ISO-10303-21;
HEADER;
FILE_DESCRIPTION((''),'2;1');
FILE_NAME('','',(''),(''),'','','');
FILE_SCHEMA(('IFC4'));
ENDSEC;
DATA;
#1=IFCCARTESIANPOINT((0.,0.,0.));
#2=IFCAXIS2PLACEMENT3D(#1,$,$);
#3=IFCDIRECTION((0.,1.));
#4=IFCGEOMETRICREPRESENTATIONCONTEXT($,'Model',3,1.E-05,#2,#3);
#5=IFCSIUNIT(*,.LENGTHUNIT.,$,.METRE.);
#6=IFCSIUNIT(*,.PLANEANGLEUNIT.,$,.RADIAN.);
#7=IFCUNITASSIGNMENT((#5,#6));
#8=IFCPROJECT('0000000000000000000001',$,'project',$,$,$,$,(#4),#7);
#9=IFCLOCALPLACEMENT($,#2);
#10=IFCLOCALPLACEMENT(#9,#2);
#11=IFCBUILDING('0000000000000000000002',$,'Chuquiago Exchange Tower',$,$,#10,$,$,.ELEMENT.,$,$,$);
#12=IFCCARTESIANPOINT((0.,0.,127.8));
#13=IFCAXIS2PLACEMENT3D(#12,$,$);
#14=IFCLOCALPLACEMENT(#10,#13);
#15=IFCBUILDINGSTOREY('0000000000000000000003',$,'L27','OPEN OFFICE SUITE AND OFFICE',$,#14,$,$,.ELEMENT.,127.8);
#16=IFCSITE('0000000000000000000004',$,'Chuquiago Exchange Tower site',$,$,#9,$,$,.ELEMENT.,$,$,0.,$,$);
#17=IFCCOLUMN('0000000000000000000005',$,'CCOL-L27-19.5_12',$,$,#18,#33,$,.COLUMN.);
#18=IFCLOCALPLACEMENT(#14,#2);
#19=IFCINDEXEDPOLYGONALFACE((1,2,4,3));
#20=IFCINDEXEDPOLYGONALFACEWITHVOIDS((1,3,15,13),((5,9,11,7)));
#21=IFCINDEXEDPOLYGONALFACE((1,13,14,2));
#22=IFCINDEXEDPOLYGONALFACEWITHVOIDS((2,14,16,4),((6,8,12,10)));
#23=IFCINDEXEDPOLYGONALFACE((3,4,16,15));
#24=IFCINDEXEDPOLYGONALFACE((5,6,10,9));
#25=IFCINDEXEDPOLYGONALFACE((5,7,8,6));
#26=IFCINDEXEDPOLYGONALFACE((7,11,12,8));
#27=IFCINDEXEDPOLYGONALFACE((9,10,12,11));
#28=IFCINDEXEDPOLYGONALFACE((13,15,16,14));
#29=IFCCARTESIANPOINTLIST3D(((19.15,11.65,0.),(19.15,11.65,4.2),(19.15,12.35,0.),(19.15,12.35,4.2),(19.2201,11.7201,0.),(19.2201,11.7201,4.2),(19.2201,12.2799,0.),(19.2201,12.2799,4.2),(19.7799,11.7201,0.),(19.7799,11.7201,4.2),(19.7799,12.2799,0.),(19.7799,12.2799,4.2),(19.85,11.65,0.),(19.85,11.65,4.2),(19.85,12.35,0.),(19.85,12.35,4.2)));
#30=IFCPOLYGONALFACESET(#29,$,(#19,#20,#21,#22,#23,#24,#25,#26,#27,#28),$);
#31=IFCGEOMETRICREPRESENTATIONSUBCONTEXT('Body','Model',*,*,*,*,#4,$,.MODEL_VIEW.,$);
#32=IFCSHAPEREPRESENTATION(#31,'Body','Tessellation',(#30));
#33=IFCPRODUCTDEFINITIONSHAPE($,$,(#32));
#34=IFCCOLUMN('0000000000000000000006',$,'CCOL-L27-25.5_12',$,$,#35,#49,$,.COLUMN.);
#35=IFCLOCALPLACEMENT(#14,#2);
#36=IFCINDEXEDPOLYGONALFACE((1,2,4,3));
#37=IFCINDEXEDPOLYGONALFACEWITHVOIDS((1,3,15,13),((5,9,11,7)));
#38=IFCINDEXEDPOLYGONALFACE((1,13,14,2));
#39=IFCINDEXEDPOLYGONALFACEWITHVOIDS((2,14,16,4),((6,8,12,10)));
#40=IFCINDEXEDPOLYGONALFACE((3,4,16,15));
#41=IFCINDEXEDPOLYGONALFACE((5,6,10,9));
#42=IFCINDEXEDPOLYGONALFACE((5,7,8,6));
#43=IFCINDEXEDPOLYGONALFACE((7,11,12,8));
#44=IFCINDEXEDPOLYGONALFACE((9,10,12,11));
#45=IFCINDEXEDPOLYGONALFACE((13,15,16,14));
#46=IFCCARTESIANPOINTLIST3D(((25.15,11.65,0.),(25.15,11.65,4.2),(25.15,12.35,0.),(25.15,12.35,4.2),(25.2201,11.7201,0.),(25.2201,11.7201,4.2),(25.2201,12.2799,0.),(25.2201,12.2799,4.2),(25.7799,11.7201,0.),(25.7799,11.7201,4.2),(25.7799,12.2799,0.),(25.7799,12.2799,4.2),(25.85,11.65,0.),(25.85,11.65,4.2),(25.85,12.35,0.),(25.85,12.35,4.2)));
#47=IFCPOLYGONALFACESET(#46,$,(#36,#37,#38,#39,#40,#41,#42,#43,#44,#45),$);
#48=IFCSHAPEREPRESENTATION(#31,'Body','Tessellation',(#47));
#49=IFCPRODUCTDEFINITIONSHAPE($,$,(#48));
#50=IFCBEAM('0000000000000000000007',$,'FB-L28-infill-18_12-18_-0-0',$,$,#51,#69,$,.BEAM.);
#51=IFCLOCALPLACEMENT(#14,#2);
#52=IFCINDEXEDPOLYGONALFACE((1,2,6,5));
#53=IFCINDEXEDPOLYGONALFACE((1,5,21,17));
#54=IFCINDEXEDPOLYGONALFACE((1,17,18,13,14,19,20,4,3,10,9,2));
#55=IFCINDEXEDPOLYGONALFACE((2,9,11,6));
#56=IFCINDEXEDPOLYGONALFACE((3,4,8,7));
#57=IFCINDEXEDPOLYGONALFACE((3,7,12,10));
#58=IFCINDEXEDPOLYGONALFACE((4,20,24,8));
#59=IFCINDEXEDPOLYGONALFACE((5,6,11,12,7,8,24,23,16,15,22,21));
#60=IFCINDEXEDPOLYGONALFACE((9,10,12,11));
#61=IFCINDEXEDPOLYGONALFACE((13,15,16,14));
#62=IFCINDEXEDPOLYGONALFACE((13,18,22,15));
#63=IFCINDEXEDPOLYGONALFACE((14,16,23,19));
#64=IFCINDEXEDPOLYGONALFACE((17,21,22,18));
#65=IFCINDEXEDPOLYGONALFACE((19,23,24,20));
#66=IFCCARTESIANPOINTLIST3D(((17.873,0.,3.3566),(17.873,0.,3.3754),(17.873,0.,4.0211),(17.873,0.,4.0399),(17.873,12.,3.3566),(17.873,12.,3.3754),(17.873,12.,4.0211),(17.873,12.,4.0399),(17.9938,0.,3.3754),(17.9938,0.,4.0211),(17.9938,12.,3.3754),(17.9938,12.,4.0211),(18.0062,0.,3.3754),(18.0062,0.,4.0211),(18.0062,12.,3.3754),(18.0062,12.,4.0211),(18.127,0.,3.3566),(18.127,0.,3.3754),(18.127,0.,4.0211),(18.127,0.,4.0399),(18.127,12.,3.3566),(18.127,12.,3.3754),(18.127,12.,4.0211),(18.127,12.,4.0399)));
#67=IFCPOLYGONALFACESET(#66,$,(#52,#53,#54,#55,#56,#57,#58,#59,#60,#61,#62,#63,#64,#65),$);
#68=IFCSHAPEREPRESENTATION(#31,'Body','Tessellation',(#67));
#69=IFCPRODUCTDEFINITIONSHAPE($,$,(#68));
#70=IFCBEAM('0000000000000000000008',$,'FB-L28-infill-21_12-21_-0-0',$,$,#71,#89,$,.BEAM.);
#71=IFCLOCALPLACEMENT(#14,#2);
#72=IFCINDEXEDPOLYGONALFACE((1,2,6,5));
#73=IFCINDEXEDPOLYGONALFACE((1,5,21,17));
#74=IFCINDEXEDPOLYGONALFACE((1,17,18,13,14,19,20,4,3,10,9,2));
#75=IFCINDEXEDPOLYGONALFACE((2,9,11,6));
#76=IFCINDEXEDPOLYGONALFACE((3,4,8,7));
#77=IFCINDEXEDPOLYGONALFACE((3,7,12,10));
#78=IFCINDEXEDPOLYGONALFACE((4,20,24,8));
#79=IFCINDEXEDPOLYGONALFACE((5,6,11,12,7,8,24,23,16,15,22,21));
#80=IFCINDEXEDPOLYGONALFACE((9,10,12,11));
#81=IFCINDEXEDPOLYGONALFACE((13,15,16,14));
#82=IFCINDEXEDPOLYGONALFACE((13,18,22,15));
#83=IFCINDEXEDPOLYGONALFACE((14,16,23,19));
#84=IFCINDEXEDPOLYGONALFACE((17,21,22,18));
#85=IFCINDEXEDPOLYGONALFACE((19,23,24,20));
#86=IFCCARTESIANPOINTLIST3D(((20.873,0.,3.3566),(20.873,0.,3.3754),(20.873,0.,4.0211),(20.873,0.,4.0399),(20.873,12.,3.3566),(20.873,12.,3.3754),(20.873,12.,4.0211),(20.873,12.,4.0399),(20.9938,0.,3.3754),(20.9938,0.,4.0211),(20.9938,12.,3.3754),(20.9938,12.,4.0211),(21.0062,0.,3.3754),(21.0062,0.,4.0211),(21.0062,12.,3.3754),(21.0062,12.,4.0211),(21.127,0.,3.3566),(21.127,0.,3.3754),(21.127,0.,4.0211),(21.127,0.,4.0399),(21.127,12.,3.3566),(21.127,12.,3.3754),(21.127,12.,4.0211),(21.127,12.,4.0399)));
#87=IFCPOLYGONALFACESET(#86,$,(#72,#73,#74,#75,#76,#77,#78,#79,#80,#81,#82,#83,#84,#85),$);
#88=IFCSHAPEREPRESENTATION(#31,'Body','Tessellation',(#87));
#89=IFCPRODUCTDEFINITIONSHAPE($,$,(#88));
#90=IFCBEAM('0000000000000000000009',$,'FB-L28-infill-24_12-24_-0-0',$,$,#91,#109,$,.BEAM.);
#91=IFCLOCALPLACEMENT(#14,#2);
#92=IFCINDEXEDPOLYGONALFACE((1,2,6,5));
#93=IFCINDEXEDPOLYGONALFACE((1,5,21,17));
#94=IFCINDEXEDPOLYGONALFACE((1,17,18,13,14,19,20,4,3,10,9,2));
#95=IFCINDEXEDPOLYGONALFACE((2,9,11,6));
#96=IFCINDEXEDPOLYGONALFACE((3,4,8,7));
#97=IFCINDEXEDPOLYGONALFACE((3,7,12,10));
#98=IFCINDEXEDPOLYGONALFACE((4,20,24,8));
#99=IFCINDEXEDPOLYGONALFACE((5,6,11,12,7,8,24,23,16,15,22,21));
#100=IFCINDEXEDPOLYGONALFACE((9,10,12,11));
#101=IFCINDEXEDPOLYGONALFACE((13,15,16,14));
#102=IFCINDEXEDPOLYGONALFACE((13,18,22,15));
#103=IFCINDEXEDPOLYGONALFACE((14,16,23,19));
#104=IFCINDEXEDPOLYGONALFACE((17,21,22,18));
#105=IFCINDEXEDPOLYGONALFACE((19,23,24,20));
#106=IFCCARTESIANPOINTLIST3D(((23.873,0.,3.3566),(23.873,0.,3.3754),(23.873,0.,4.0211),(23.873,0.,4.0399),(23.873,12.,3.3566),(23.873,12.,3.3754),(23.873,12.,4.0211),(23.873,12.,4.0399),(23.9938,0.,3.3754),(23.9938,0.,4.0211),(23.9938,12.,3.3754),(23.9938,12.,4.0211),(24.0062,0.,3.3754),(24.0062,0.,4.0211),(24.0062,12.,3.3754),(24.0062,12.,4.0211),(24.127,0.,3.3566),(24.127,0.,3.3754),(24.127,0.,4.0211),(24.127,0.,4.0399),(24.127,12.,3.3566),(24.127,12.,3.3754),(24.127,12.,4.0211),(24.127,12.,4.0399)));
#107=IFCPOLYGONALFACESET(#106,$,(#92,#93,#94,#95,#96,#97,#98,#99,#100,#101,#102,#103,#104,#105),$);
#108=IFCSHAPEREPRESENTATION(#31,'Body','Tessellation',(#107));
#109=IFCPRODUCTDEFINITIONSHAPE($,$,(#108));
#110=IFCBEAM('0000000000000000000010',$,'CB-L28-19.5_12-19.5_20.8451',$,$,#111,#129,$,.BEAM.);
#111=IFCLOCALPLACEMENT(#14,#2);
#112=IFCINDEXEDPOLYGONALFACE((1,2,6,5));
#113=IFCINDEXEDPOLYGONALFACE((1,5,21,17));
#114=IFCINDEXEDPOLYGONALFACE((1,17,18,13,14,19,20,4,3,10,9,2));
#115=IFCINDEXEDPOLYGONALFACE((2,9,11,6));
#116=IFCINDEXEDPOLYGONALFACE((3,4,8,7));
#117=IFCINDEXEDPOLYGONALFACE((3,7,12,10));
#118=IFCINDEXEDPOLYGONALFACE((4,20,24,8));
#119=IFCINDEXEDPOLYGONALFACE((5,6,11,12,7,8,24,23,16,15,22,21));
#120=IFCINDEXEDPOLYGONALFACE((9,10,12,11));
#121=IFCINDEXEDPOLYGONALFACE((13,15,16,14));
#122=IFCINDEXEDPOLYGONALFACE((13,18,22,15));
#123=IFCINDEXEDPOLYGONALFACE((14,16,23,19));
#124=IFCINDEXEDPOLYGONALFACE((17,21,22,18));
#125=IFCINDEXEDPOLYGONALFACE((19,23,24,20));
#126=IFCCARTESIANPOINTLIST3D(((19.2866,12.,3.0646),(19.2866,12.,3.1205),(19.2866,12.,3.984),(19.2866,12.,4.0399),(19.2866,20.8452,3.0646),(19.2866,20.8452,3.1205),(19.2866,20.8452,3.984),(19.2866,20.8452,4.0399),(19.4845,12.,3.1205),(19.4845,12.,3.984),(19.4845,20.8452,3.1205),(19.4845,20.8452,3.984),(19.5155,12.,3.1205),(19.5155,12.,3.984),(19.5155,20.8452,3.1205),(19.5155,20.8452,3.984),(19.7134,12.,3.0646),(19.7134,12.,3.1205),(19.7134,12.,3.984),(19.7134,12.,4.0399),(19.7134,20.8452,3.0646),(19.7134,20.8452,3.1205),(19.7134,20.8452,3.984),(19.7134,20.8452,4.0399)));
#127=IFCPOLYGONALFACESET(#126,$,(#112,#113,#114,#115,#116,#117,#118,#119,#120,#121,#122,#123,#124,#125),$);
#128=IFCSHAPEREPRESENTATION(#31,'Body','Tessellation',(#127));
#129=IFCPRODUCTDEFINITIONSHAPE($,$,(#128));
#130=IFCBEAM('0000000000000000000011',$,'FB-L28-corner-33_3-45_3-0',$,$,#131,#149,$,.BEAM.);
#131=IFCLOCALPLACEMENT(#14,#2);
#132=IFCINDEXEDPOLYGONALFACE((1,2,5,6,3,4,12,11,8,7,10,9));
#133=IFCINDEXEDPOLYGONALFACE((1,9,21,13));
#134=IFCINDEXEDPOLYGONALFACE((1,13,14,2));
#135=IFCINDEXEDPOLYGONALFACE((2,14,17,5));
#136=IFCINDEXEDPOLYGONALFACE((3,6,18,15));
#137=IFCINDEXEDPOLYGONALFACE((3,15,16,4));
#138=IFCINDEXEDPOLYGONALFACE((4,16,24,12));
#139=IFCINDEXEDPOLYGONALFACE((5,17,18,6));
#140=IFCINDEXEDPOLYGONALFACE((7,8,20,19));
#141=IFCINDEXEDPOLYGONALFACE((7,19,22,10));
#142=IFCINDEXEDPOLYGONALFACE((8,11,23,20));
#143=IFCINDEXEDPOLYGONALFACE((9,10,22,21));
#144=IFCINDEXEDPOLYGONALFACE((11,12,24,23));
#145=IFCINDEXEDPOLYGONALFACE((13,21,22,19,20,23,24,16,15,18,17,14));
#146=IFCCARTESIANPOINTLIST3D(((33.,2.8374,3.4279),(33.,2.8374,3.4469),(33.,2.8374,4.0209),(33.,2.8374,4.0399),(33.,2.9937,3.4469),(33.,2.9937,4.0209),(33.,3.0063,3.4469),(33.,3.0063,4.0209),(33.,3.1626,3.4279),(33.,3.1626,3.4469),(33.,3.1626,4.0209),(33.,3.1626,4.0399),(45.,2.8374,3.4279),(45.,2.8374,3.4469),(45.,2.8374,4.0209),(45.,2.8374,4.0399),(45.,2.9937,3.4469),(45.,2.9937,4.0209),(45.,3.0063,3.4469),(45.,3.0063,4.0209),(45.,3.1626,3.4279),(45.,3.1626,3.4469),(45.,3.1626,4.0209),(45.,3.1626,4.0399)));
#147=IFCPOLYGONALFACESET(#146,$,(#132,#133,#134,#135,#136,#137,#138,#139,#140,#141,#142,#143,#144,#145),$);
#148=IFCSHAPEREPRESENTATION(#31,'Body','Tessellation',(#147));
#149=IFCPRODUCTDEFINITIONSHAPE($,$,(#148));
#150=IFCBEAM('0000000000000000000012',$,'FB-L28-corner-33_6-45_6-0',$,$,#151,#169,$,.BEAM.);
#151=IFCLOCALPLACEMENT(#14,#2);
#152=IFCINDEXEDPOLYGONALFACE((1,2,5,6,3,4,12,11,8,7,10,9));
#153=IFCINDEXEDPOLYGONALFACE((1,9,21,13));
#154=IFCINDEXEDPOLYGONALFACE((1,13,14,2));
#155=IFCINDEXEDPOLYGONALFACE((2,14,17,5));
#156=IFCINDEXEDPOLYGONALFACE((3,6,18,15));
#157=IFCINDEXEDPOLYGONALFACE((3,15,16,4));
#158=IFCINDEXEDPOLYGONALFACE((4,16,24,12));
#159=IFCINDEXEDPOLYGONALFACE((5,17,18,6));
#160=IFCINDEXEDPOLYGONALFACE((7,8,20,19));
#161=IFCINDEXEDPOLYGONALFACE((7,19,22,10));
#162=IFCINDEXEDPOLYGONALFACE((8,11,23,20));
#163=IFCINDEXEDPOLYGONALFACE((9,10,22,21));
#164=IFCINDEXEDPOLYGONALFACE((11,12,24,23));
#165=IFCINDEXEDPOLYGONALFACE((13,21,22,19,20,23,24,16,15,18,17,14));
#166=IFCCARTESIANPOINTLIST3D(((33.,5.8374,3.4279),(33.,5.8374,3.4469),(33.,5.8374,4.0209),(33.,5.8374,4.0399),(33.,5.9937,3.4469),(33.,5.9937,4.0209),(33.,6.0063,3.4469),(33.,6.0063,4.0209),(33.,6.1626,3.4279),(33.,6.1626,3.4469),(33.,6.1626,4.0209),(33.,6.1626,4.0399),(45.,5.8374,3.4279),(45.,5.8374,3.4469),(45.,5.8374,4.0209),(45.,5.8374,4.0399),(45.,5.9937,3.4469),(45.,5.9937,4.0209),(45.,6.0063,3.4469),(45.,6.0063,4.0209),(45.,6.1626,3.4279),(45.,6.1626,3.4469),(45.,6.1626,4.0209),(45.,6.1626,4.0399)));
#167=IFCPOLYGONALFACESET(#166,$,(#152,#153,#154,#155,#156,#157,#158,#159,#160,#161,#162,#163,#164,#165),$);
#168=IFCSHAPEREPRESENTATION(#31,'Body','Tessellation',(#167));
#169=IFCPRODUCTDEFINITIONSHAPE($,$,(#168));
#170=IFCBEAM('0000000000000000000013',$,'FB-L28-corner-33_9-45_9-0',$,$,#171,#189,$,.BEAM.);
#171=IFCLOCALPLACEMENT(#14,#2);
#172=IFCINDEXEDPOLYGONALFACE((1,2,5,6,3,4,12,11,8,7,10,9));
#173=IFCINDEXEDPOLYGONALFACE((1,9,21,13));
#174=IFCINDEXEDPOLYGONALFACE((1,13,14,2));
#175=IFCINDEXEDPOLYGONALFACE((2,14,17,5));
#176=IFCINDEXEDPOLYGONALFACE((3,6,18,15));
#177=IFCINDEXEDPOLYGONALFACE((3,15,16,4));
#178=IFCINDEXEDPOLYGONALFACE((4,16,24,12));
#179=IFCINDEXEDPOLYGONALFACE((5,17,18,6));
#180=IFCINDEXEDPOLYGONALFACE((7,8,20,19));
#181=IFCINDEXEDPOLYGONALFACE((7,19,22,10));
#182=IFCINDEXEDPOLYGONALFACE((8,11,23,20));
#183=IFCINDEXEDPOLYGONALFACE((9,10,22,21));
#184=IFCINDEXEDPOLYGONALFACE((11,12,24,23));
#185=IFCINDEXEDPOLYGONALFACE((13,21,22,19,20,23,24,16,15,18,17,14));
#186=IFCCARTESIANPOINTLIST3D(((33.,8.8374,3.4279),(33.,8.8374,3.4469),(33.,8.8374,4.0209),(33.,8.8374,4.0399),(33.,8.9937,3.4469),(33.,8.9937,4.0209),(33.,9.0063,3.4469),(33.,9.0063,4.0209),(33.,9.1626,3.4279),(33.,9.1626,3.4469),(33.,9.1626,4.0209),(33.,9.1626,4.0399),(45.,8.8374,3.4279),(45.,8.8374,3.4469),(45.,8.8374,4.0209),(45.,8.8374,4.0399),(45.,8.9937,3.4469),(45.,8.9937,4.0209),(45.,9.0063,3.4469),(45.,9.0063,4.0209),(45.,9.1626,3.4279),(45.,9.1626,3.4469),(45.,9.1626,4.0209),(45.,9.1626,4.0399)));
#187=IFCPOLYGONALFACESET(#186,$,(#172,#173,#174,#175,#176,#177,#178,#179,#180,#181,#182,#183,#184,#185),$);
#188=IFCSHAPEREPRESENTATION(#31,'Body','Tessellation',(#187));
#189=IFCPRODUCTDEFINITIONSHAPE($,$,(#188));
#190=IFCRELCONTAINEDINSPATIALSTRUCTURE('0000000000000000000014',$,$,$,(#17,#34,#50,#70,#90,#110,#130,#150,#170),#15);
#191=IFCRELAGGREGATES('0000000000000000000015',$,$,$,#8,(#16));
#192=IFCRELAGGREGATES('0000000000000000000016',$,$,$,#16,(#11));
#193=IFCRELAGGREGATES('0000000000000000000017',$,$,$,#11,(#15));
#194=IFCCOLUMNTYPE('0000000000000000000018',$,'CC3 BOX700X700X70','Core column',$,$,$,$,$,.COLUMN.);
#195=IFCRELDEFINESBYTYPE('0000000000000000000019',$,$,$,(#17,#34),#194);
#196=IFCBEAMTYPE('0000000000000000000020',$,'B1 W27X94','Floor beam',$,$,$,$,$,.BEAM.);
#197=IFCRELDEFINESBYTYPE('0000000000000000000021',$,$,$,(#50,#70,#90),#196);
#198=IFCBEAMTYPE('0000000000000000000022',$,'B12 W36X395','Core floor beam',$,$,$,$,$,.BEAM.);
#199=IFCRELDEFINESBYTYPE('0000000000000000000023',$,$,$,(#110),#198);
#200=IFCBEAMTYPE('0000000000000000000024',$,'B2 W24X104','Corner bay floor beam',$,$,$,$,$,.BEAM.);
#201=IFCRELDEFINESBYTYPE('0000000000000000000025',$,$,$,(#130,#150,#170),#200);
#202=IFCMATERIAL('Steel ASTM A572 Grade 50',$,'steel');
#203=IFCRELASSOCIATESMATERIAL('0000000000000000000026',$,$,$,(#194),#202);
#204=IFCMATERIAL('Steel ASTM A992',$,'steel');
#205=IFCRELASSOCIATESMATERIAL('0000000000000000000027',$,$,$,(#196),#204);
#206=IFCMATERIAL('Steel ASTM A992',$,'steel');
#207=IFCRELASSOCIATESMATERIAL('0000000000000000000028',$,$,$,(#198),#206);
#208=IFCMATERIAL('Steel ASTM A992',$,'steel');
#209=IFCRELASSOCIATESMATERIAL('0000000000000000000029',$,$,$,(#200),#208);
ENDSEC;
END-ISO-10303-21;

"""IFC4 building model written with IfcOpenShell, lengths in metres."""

from ifc_helpers import new_model, si_unit, direction, frame, origin, origin_2d, place, context, subcontext, project, spatial, hollow_rectangle, i_section, extrude, material, material_profile, profile_set, type_object, element, save


model = new_model("IFC4")

# Units and contexts
model_context = context("Model", 3, precision=1e-05, world=origin(), true_north=direction((0.0, 1.0)))
body_context = subcontext(model_context, "Body", "Model", "MODEL_VIEW")
ifc_project = project(units=[si_unit("LENGTHUNIT", "METRE"), si_unit("PLANEANGLEUNIT", "RADIAN")], contexts=[model_context])

# Site, building, storey
site_placement = place(None, origin())
site = spatial("IfcSite", under=ifc_project, at=site_placement, Name="Chuquiago Exchange Tower site", CompositionType="ELEMENT", RefElevation=0.0)
building_placement = place(site_placement, origin())
building = spatial("IfcBuilding", under=site, at=building_placement, Name="Chuquiago Exchange Tower", CompositionType="ELEMENT")
storey_placement = place(building_placement, frame((0.0, 0.0, 127.8)))
storey = spatial("IfcBuildingStorey", under=building, at=storey_placement, Name="L27", Description="OPEN OFFICE SUITE AND OFFICE", CompositionType="ELEMENT", Elevation=127.8)

# Columns
ifc_material_1 = material(Name="Steel ASTM A572 Grade 50", Category="steel")
ifc_material_profile_1 = material_profile(ifc_material_1, hollow_rectangle(XDim=0.7, YDim=0.7, WallThickness=0.0701, at=origin_2d()), Name="BOX700X700X70")
ifc_profile_set_1 = profile_set([ifc_material_profile_1], Name="Steel ASTM A572 Grade 50")
column_type = type_object("IfcColumnType", Name="CC3 BOX700X700X70", Description="Core column", PredefinedType="COLUMN", material=ifc_profile_set_1)
for number, where, z_axis, x_axis, name in (
    (1, (19.5, 12.0, 0.0), (0.0, 0.0, 1.0), (1.0, 0.0, 0.0), "CCOL-L27-19.5_12"),
    (2, (25.5, 12.0, 0.0), (0.0, 0.0, 1.0), (1.0, 0.0, 0.0), "CCOL-L27-25.5_12"),
):
    element("IfcColumn", number, at=place(storey_placement, frame(where, z_axis=z_axis, x_axis=x_axis)), inside=storey, type_object=column_type, Name=name, PredefinedType="COLUMN", context=body_context, shape_type="SweptSolid", body=[
        extrude(hollow_rectangle(XDim=0.7, YDim=0.7, WallThickness=0.0701, at=origin_2d()), origin(), (0.0, 0.0, 1.0), 4.2),
    ])

# Beams
ifc_material_2 = material(Name="Steel ASTM A992", Category="steel")
ifc_material_profile_2 = material_profile(ifc_material_2, i_section(OverallWidth=0.2539, OverallDepth=0.6833, WebThickness=0.0125, FlangeThickness=0.0188, at=origin_2d()), Name="W27X94")
ifc_profile_set_2 = profile_set([ifc_material_profile_2], Name="Steel ASTM A992")
beam_type_1 = type_object("IfcBeamType", Name="B1 W27X94", Description="Floor beam", PredefinedType="BEAM", material=ifc_profile_set_2)
for number, where, z_axis, x_axis, name in (
    (3, (18.0, 12.0, 3.6982), (0.0, -1.0, 0.0), (1.0, 0.0, 0.0), "FB-L28-infill-18_12-18_-0-0"),
    (4, (21.0, 12.0, 3.6982), (0.0, -1.0, 0.0), (1.0, 0.0, 0.0), "FB-L28-infill-21_12-21_-0-0"),
    (5, (24.0, 12.0, 3.6982), (0.0, -1.0, 0.0), (1.0, 0.0, 0.0), "FB-L28-infill-24_12-24_-0-0"),
):
    element("IfcBeam", number, at=place(storey_placement, frame(where, z_axis=z_axis, x_axis=x_axis)), inside=storey, type_object=beam_type_1, Name=name, PredefinedType="BEAM", context=body_context, shape_type="SweptSolid", body=[
        extrude(i_section(OverallWidth=0.2539, OverallDepth=0.6833, WebThickness=0.0125, FlangeThickness=0.0188, at=origin_2d()), origin(), (0.0, 0.0, 1.0), 12.0),
    ])
ifc_material_3 = material(Name="Steel ASTM A992", Category="steel")
ifc_material_profile_3 = material_profile(ifc_material_3, i_section(OverallWidth=0.4268, OverallDepth=0.9753, WebThickness=0.031, FlangeThickness=0.0559, at=origin_2d()), Name="W36X395")
ifc_profile_set_3 = profile_set([ifc_material_profile_3], Name="Steel ASTM A992")
beam_type_2 = type_object("IfcBeamType", Name="B12 W36X395", Description="Core floor beam", PredefinedType="BEAM", material=ifc_profile_set_3)
beam_1_placement = place(storey_placement, frame((19.5, 12.0, 3.5522), z_axis=(0.0, 1.0, 0.0), x_axis=(-1.0, 0.0, 0.0)))
element("IfcBeam", 6, at=beam_1_placement, inside=storey, type_object=beam_type_2, Name="CB-L28-19.5_12-19.5_20.8451", PredefinedType="BEAM", context=body_context, shape_type="SweptSolid", body=[
    extrude(i_section(OverallWidth=0.4268, OverallDepth=0.9753, WebThickness=0.031, FlangeThickness=0.0559, at=origin_2d()), origin(), (0.0, 0.0, 1.0), 8.8452),
])
ifc_material_4 = material(Name="Steel ASTM A992", Category="steel")
ifc_material_profile_4 = material_profile(ifc_material_4, i_section(OverallWidth=0.3252, OverallDepth=0.6121, WebThickness=0.0127, FlangeThickness=0.019, at=origin_2d()), Name="W24X104")
ifc_profile_set_4 = profile_set([ifc_material_profile_4], Name="Steel ASTM A992")
beam_type_3 = type_object("IfcBeamType", Name="B2 W24X104", Description="Corner bay floor beam", PredefinedType="BEAM", material=ifc_profile_set_4)
for number, where, z_axis, x_axis, name in (
    (7, (33.0, 3.0, 3.7339), (1.0, 0.0, 0.0), (0.0, 1.0, 0.0), "FB-L28-corner-33_3-45_3-0"),
    (8, (33.0, 6.0, 3.7339), (1.0, 0.0, 0.0), (0.0, 1.0, 0.0), "FB-L28-corner-33_6-45_6-0"),
    (9, (33.0, 9.0, 3.7339), (1.0, 0.0, 0.0), (0.0, 1.0, 0.0), "FB-L28-corner-33_9-45_9-0"),
):
    element("IfcBeam", number, at=place(storey_placement, frame(where, z_axis=z_axis, x_axis=x_axis)), inside=storey, type_object=beam_type_3, Name=name, PredefinedType="BEAM", context=body_context, shape_type="SweptSolid", body=[
        extrude(i_section(OverallWidth=0.3252, OverallDepth=0.6121, WebThickness=0.0127, FlangeThickness=0.019, at=origin_2d()), origin(), (0.0, 0.0, 1.0), 12.0),
    ])

save(model, "model.ifc")
